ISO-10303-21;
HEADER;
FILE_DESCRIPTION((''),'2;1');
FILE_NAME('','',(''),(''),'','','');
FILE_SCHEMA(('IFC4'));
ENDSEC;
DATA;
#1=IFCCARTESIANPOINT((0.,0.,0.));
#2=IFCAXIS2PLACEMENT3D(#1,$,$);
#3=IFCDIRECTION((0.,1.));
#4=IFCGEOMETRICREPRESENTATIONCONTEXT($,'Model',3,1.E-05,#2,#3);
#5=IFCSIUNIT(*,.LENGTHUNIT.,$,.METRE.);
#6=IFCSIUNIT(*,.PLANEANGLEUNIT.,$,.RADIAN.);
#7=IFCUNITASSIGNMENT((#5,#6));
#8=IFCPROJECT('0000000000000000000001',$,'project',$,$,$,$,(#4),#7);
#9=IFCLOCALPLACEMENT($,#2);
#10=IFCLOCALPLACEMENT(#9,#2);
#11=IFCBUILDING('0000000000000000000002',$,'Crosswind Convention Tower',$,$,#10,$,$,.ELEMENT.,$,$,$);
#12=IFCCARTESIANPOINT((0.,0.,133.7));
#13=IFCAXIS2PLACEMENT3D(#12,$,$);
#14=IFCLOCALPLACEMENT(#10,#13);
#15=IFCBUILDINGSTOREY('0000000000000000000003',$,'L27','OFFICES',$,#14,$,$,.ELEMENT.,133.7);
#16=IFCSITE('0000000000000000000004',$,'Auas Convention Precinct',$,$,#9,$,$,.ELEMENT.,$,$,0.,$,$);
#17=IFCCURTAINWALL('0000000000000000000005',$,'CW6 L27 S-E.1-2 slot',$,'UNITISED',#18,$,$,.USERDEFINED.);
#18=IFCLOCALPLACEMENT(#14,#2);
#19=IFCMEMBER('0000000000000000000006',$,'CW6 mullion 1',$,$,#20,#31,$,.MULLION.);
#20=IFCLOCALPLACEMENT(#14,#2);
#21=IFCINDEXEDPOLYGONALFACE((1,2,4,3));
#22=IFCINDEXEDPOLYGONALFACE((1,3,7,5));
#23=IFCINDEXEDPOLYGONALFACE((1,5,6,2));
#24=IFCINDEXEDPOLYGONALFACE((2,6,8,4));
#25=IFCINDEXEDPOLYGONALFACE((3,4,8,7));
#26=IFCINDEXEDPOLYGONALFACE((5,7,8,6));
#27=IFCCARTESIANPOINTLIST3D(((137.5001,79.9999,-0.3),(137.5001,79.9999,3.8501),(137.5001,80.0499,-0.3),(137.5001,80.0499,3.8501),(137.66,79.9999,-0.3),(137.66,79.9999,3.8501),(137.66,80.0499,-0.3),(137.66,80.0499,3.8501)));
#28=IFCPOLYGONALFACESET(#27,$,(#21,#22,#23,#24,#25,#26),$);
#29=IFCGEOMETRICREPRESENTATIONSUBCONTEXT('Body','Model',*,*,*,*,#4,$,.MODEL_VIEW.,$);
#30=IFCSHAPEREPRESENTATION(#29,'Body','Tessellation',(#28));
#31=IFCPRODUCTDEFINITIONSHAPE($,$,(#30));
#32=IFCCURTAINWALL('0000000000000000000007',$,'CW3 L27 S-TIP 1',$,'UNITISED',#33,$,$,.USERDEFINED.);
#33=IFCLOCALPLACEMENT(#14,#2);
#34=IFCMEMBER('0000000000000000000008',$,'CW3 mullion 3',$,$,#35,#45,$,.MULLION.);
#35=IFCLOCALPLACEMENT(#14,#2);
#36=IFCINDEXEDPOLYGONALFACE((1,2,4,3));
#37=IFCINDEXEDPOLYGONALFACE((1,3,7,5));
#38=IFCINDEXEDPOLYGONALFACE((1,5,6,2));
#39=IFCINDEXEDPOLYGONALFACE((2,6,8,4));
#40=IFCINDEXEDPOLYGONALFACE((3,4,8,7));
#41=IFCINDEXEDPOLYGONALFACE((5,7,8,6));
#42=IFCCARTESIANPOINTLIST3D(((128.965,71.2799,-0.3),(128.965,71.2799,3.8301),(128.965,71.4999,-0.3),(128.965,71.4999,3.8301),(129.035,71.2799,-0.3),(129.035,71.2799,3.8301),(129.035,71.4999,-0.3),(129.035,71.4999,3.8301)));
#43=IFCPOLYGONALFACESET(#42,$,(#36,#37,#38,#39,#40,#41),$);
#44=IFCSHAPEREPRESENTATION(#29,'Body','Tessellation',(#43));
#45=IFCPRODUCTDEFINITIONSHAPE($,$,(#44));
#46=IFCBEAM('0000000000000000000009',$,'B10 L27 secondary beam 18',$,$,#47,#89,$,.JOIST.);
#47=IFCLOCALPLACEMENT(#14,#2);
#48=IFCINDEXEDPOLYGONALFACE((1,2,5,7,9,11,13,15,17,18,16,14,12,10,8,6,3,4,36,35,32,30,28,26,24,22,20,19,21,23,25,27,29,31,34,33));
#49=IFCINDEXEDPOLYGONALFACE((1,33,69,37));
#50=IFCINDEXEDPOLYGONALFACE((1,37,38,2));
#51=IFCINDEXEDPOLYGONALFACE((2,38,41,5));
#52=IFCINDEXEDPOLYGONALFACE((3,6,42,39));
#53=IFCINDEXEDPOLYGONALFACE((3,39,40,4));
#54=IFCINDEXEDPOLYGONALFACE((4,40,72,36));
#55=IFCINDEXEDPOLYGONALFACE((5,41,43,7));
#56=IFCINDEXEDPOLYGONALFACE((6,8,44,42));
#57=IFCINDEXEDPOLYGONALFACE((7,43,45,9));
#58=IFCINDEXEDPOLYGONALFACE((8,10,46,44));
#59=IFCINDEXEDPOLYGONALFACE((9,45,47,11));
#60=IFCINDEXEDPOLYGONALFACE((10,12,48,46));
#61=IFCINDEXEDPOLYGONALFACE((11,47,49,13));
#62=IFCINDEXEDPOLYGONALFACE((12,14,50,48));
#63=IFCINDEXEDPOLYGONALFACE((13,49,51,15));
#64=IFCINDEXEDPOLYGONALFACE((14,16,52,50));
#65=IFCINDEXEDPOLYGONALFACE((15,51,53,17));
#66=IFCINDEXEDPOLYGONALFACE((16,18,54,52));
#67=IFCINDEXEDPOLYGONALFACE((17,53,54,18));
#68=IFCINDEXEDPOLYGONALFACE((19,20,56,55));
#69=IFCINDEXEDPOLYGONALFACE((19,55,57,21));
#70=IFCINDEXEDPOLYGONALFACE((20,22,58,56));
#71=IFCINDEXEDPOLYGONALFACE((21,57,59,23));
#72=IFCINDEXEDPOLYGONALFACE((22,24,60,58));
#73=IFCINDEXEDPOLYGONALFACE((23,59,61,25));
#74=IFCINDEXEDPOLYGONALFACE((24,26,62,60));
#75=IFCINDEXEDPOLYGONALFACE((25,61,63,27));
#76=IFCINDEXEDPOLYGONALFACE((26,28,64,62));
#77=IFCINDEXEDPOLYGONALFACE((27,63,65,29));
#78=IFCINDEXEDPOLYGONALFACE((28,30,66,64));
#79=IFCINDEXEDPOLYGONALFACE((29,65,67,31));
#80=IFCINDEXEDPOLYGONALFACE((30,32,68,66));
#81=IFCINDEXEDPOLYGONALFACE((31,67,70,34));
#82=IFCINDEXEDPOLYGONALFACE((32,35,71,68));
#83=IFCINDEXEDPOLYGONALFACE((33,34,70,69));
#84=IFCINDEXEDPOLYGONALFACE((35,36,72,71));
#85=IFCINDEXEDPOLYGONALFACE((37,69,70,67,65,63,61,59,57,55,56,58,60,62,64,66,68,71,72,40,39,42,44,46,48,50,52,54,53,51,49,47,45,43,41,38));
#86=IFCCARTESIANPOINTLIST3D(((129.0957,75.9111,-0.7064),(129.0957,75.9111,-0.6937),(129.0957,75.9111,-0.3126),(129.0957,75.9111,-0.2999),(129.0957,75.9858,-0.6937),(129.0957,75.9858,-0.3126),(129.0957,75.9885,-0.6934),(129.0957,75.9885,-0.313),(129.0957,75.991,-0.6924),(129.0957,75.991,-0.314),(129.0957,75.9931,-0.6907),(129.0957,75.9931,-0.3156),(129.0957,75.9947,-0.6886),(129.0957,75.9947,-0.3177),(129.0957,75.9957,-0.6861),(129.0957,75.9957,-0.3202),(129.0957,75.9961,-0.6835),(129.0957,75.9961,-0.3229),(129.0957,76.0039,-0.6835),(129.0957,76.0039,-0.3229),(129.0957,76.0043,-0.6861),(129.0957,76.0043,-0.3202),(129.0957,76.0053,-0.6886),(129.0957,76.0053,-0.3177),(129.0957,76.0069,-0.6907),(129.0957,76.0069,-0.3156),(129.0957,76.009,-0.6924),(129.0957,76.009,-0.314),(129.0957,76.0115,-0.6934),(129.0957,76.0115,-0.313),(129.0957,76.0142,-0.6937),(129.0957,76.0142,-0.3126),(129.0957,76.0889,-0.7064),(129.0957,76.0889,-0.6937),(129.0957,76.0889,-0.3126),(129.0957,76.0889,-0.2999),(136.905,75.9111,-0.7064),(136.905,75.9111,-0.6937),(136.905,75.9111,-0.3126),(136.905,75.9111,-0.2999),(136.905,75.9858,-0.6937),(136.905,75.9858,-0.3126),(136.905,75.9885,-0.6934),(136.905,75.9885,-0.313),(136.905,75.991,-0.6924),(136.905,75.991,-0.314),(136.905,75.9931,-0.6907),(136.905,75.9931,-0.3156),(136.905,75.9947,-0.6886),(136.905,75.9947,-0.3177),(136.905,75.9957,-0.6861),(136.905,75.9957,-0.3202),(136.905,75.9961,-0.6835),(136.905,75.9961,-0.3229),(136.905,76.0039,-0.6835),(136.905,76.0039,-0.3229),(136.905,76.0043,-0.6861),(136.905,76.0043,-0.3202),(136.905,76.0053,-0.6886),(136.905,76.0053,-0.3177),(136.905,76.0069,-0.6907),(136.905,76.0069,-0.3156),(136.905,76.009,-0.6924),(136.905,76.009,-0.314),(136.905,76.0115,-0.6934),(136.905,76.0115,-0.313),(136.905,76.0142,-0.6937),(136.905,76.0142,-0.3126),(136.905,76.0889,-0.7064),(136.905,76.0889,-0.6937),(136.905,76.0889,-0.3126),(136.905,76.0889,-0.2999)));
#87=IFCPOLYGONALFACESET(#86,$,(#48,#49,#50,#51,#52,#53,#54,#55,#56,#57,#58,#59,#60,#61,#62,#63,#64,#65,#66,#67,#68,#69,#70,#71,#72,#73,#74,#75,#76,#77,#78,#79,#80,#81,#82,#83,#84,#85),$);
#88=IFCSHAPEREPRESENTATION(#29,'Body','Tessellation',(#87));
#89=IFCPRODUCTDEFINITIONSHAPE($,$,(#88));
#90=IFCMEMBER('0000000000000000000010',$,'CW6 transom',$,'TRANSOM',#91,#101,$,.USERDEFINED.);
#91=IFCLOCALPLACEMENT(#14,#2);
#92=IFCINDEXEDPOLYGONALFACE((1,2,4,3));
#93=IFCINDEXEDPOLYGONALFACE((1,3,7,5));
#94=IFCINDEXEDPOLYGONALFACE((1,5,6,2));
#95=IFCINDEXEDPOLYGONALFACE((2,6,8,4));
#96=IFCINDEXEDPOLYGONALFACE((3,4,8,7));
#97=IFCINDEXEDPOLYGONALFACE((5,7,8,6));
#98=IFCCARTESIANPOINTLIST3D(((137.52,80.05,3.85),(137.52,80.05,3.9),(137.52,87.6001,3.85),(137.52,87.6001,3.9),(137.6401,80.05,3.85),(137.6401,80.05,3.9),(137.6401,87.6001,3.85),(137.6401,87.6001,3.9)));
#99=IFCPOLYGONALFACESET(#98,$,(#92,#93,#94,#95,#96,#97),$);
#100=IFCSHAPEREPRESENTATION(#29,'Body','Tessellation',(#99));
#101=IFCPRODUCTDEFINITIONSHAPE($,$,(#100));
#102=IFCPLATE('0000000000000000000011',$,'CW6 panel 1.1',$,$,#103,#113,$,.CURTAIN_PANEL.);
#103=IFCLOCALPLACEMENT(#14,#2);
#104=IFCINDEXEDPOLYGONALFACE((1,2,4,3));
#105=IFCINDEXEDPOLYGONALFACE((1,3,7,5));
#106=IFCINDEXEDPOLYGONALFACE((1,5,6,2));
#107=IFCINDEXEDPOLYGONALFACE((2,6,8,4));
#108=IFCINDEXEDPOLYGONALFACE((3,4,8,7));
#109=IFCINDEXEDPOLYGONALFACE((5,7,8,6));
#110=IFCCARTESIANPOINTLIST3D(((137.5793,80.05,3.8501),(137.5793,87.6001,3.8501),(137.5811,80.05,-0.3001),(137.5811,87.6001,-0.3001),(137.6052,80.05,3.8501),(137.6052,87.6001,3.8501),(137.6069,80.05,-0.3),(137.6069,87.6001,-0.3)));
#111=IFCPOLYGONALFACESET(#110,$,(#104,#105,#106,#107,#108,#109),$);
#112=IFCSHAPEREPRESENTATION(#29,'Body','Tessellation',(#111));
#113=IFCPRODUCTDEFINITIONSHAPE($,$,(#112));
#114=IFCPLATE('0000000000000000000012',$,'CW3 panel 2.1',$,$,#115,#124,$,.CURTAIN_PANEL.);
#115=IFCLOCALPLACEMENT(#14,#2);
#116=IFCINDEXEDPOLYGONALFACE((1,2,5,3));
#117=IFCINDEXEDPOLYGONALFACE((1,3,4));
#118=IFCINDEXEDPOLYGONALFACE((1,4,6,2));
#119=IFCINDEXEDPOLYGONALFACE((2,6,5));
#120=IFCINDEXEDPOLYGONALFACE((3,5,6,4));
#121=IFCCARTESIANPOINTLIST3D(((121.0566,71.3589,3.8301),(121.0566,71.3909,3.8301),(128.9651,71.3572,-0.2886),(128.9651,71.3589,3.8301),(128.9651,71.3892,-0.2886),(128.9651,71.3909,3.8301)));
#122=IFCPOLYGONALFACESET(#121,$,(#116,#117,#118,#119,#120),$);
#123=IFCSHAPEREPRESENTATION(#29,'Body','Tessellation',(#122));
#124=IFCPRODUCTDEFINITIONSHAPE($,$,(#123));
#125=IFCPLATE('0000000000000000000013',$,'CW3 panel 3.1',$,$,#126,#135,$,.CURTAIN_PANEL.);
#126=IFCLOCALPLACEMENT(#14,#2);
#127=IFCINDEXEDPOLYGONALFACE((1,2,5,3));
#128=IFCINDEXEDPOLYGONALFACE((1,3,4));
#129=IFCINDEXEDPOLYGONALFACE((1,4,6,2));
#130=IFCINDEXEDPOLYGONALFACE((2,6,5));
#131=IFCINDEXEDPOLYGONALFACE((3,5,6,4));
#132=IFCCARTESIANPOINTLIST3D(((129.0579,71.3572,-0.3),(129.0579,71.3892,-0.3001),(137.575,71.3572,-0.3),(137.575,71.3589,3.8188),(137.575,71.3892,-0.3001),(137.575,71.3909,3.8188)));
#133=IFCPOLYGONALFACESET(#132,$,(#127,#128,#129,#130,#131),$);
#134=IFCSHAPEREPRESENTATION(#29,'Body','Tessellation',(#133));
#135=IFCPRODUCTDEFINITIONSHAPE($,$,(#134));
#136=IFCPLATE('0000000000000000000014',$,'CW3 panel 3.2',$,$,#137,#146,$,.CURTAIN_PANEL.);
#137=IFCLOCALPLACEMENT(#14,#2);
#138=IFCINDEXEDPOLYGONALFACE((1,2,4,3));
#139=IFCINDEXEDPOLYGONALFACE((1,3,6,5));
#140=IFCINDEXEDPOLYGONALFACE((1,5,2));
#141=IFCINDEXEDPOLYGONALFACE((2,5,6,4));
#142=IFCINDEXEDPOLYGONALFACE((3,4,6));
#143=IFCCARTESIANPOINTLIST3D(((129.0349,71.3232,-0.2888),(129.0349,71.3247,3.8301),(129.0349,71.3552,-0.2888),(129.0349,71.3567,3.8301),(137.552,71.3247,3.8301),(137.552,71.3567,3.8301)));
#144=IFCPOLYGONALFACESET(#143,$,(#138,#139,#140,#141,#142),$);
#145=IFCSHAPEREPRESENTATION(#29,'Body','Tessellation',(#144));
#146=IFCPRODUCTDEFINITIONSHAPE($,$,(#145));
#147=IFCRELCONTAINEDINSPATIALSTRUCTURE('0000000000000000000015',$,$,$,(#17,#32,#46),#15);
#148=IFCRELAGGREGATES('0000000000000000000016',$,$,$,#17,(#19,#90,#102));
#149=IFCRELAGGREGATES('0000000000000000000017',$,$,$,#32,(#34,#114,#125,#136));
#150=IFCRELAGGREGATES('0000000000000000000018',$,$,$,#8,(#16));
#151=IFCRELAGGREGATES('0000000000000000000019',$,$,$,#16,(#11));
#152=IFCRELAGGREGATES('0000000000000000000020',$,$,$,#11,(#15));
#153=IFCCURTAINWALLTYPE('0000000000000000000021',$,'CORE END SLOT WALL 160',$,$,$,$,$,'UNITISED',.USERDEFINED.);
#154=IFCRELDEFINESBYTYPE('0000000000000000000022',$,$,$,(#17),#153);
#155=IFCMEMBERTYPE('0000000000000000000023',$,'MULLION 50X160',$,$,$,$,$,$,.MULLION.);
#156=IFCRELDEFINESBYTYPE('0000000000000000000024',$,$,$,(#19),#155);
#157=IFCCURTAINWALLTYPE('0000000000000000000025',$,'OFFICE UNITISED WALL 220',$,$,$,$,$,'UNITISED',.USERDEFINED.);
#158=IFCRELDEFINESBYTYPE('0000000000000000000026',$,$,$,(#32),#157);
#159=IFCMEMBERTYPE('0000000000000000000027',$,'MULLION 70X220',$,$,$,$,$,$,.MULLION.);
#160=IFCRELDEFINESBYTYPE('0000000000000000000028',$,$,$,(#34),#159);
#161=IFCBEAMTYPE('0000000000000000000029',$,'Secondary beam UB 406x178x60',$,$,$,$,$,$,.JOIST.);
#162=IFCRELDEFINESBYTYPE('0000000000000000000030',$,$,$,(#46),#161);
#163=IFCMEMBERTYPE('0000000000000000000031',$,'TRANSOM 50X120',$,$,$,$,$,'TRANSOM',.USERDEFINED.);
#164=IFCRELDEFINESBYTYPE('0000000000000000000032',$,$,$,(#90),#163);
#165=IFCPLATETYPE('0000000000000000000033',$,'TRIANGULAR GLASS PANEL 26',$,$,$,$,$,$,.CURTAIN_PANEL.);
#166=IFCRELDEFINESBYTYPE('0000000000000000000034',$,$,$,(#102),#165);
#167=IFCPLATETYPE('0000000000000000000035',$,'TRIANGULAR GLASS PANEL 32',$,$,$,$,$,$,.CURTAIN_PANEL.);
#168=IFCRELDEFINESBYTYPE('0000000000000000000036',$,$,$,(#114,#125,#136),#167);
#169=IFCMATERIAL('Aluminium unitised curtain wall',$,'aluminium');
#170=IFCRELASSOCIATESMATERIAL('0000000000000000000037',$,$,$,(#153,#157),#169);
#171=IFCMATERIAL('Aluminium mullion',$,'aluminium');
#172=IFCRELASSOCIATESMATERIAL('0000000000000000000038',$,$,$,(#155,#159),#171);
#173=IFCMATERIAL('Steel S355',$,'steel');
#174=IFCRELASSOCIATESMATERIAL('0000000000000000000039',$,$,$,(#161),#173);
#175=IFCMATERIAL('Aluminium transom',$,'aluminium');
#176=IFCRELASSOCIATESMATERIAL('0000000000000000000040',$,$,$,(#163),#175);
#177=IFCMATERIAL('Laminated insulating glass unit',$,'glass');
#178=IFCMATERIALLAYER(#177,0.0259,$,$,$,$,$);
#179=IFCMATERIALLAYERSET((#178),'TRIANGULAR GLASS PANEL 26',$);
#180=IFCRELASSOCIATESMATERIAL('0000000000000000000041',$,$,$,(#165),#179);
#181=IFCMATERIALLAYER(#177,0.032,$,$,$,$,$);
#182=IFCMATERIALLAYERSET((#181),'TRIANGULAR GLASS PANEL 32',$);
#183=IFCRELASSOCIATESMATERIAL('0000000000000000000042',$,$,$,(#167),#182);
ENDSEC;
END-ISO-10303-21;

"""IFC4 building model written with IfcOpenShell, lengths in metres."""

from ifc_helpers import new_model, si_unit, direction, frame, origin, origin_2d, place, context, subcontext, project, spatial, polyline, rectangle, i_section, outline, extrude, material, layer, layer_set, material_profile, profile_set, type_object, element, aggregate, save


model = new_model("IFC4")

# Units and contexts
model_context = context("Model", 3, precision=1e-05, world=origin(), true_north=direction((0.0, 1.0)))
body_context = subcontext(model_context, "Body", "Model", "MODEL_VIEW")
ifc_project = project(units=[si_unit("LENGTHUNIT", "METRE"), si_unit("PLANEANGLEUNIT", "RADIAN")], contexts=[model_context])

# Site, building, storey
site_placement = place(None, origin())
site = spatial("IfcSite", under=ifc_project, at=site_placement, Name="Auas Convention Precinct", CompositionType="ELEMENT", RefElevation=0.0)
building_placement = place(site_placement, origin())
building = spatial("IfcBuilding", under=site, at=building_placement, Name="Crosswind Convention Tower", CompositionType="ELEMENT")
storey_placement = place(building_placement, frame((0.0, 0.0, 133.7)))
storey = spatial("IfcBuildingStorey", under=building, at=storey_placement, Name="L27", Description="OFFICES", CompositionType="ELEMENT", Elevation=133.7)

# Shared definitions
ifc_material_1 = material(Name="Steel S355", Category="steel")

# Curtain walls, members
ifc_material_2 = material(Name="Aluminium unitised curtain wall", Category="aluminium")
curtain_wall_type_1 = type_object("IfcCurtainWallType", Name="CORE END SLOT WALL 160", ElementType="UNITISED", PredefinedType="USERDEFINED", material=ifc_material_2)
curtain_wall_1_placement = place(storey_placement, origin())
curtain_wall_1 = element("IfcCurtainWall", 1, at=curtain_wall_1_placement, inside=storey, type_object=curtain_wall_type_1, Name="CW6 L27 S-E.1-2 slot", ObjectType="UNITISED", PredefinedType="USERDEFINED")
ifc_material_3 = material(Name="Aluminium mullion", Category="aluminium")
ifc_material_profile_1 = material_profile(ifc_material_3, rectangle(XDim=0.1599, YDim=0.05, at=origin_2d()), Name="AL 160X50")
ifc_profile_set_1 = profile_set([ifc_material_profile_1], Name="Aluminium mullion")
member_type_1 = type_object("IfcMemberType", Name="MULLION 50X160", PredefinedType="MULLION", material=ifc_profile_set_1)
member_1_placement = place(storey_placement, frame((137.5801, 80.0249, -0.3), z_axis=(0.0, 0.0, 1.0), x_axis=(1.0, 0.0, 0.0)))
member_1 = element("IfcMember", 2, at=member_1_placement, type_object=member_type_1, Name="CW6 mullion 1", PredefinedType="MULLION", context=body_context, shape_type="SweptSolid", body=[
    extrude(rectangle(XDim=0.1599, YDim=0.05, at=origin_2d()), origin(), (0.0, 0.0, 1.0), 4.1501),
])
curtain_wall_type_2 = type_object("IfcCurtainWallType", Name="OFFICE UNITISED WALL 220", ElementType="UNITISED", PredefinedType="USERDEFINED", material=ifc_material_2)
curtain_wall_2_placement = place(storey_placement, origin())
curtain_wall_2 = element("IfcCurtainWall", 3, at=curtain_wall_2_placement, inside=storey, type_object=curtain_wall_type_2, Name="CW3 L27 S-TIP 1", ObjectType="UNITISED", PredefinedType="USERDEFINED")
ifc_material_profile_2 = material_profile(ifc_material_3, rectangle(XDim=0.22, YDim=0.0701, at=origin_2d()), Name="AL 220X70")
ifc_profile_set_2 = profile_set([ifc_material_profile_2], Name="Aluminium mullion")
member_type_2 = type_object("IfcMemberType", Name="MULLION 70X220", PredefinedType="MULLION", material=ifc_profile_set_2)
member_2_placement = place(storey_placement, frame((129.0, 71.3899, -0.3), z_axis=(0.0, 0.0, 1.0), x_axis=(0.0, -1.0, 0.0)))
member_2 = element("IfcMember", 4, at=member_2_placement, type_object=member_type_2, Name="CW3 mullion 3", PredefinedType="MULLION", context=body_context, shape_type="SweptSolid", body=[
    extrude(rectangle(XDim=0.22, YDim=0.0701, at=origin_2d()), origin(), (0.0, 0.0, 1.0), 4.1301),
])

# Beam
ifc_material_profile_3 = material_profile(ifc_material_1, i_section(OverallWidth=0.1777, OverallDepth=0.4065, WebThickness=0.0078, FlangeThickness=0.0127, FilletRadius=0.0103, at=origin_2d()), Name="UB 406x178x60")
ifc_profile_set_3 = profile_set([ifc_material_profile_3], Name="Steel S355")
beam_type_1 = type_object("IfcBeamType", Name="Secondary beam UB 406x178x60", PredefinedType="JOIST", material=ifc_profile_set_3)
beam_1_placement = place(storey_placement, frame((129.0957, 76.0, -0.5032), z_axis=(1.0, 0.0, 0.0), x_axis=(0.0, 1.0, 0.0)))
element("IfcBeam", 5, at=beam_1_placement, inside=storey, type_object=beam_type_1, Name="B10 L27 secondary beam 18", PredefinedType="JOIST", context=body_context, shape_type="SweptSolid", body=[
    extrude(i_section(OverallWidth=0.1777, OverallDepth=0.4065, WebThickness=0.0078, FlangeThickness=0.0127, FilletRadius=0.0103, at=origin_2d()), origin(), (0.0, 0.0, 1.0), 7.8093),
])

# Member
ifc_material_4 = material(Name="Aluminium transom", Category="aluminium")
ifc_material_profile_4 = material_profile(ifc_material_4, rectangle(XDim=0.1201, YDim=0.05, at=origin_2d()), Name="AL 120X50")
ifc_profile_set_4 = profile_set([ifc_material_profile_4], Name="Aluminium transom")
member_type_3 = type_object("IfcMemberType", Name="TRANSOM 50X120", ElementType="TRANSOM", PredefinedType="USERDEFINED", material=ifc_profile_set_4)
member_3_placement = place(storey_placement, frame((137.5801, 80.05, 3.875), z_axis=(0.0, 1.0, 0.0), x_axis=(-1.0, 0.0, 0.0)))
member_3 = element("IfcMember", 6, at=member_3_placement, type_object=member_type_3, Name="CW6 transom", ObjectType="TRANSOM", PredefinedType="USERDEFINED", context=body_context, shape_type="SweptSolid", body=[
    extrude(rectangle(XDim=0.1201, YDim=0.05, at=origin_2d()), origin(), (0.0, 0.0, 1.0), 7.55),
])

# Plates
ifc_material_5 = material(Name="Laminated insulating glass unit", Category="glass")
ifc_layer_1 = layer(ifc_material_5, 0.0259)
ifc_layer_set_1 = layer_set([ifc_layer_1], Name="TRIANGULAR GLASS PANEL 26")
plate_type_1 = type_object("IfcPlateType", Name="TRIANGULAR GLASS PANEL 26", PredefinedType="CURTAIN_PANEL", material=ifc_layer_set_1)
plate_1_placement = place(storey_placement, frame((137.6069, 80.05, -0.3), z_axis=(1.0, 0.0, 0.000412), x_axis=(0.0, 1.0, 0.0)))
plate_1 = element("IfcPlate", 7, at=plate_1_placement, type_object=plate_type_1, Name="CW6 panel 1.1", PredefinedType="CURTAIN_PANEL", context=body_context, shape_type="SweptSolid", body=[
    extrude(outline(polyline([(0.0, 0.0), (7.55, 0.0), (7.55, 4.1501), (0.0, 4.1501), (0.0, 0.0)])), origin(), (0.0, 0.0, -1.0), 0.0259),
])
aggregate(curtain_wall_1, [member_1, member_3, plate_1])
ifc_layer_2 = layer(ifc_material_5, 0.032)
ifc_layer_set_2 = layer_set([ifc_layer_2], Name="TRIANGULAR GLASS PANEL 32")
plate_type_2 = type_object("IfcPlateType", Name="TRIANGULAR GLASS PANEL 32", PredefinedType="CURTAIN_PANEL", material=ifc_layer_set_2)
plate_2_placement = place(storey_placement, frame((128.9651, 71.3589, 3.8301), z_axis=(0.0, -1.0, 0.000415), x_axis=(-1.0, 0.0, 0.0)))
plate_2 = element("IfcPlate", 8, at=plate_2_placement, type_object=plate_type_2, Name="CW3 panel 2.1", PredefinedType="CURTAIN_PANEL", context=body_context, shape_type="SweptSolid", body=[
    extrude(outline(polyline([(0.0, 0.0), (7.9084, 0.0), (0.0, 4.1187), (0.0, 0.0)])), origin(), (0.0, 0.0, -1.0), 0.032),
])
plate_3_placement = place(storey_placement, frame((137.575, 71.3572, -0.3), z_axis=(0.0, -1.0, 0.000415), x_axis=(0.0, 0.000415, 1.0)))
plate_3 = element("IfcPlate", 9, at=plate_3_placement, type_object=plate_type_2, Name="CW3 panel 3.1", PredefinedType="CURTAIN_PANEL", context=body_context, shape_type="SweptSolid", body=[
    extrude(outline(polyline([(0.0, 0.0), (4.1189, 0.0), (0.0, 8.5171), (0.0, 0.0)])), origin(), (0.0, 0.0, -1.0), 0.032),
])
plate_4_placement = place(storey_placement, frame((129.0349, 71.3247, 3.8301), z_axis=(0.0, -1.0, 0.000356), x_axis=(0.0, -0.000356, -1.0)))
plate_4 = element("IfcPlate", 10, at=plate_4_placement, type_object=plate_type_2, Name="CW3 panel 3.2", PredefinedType="CURTAIN_PANEL", context=body_context, shape_type="SweptSolid", body=[
    extrude(outline(polyline([(0.0, 0.0), (4.1189, 0.0), (0.0, 8.5171), (0.0, 0.0)])), origin(), (0.0, 0.0, -1.0), 0.032),
])
aggregate(curtain_wall_2, [member_2, plate_2, plate_3, plate_4])

save(model, "model.ifc")
